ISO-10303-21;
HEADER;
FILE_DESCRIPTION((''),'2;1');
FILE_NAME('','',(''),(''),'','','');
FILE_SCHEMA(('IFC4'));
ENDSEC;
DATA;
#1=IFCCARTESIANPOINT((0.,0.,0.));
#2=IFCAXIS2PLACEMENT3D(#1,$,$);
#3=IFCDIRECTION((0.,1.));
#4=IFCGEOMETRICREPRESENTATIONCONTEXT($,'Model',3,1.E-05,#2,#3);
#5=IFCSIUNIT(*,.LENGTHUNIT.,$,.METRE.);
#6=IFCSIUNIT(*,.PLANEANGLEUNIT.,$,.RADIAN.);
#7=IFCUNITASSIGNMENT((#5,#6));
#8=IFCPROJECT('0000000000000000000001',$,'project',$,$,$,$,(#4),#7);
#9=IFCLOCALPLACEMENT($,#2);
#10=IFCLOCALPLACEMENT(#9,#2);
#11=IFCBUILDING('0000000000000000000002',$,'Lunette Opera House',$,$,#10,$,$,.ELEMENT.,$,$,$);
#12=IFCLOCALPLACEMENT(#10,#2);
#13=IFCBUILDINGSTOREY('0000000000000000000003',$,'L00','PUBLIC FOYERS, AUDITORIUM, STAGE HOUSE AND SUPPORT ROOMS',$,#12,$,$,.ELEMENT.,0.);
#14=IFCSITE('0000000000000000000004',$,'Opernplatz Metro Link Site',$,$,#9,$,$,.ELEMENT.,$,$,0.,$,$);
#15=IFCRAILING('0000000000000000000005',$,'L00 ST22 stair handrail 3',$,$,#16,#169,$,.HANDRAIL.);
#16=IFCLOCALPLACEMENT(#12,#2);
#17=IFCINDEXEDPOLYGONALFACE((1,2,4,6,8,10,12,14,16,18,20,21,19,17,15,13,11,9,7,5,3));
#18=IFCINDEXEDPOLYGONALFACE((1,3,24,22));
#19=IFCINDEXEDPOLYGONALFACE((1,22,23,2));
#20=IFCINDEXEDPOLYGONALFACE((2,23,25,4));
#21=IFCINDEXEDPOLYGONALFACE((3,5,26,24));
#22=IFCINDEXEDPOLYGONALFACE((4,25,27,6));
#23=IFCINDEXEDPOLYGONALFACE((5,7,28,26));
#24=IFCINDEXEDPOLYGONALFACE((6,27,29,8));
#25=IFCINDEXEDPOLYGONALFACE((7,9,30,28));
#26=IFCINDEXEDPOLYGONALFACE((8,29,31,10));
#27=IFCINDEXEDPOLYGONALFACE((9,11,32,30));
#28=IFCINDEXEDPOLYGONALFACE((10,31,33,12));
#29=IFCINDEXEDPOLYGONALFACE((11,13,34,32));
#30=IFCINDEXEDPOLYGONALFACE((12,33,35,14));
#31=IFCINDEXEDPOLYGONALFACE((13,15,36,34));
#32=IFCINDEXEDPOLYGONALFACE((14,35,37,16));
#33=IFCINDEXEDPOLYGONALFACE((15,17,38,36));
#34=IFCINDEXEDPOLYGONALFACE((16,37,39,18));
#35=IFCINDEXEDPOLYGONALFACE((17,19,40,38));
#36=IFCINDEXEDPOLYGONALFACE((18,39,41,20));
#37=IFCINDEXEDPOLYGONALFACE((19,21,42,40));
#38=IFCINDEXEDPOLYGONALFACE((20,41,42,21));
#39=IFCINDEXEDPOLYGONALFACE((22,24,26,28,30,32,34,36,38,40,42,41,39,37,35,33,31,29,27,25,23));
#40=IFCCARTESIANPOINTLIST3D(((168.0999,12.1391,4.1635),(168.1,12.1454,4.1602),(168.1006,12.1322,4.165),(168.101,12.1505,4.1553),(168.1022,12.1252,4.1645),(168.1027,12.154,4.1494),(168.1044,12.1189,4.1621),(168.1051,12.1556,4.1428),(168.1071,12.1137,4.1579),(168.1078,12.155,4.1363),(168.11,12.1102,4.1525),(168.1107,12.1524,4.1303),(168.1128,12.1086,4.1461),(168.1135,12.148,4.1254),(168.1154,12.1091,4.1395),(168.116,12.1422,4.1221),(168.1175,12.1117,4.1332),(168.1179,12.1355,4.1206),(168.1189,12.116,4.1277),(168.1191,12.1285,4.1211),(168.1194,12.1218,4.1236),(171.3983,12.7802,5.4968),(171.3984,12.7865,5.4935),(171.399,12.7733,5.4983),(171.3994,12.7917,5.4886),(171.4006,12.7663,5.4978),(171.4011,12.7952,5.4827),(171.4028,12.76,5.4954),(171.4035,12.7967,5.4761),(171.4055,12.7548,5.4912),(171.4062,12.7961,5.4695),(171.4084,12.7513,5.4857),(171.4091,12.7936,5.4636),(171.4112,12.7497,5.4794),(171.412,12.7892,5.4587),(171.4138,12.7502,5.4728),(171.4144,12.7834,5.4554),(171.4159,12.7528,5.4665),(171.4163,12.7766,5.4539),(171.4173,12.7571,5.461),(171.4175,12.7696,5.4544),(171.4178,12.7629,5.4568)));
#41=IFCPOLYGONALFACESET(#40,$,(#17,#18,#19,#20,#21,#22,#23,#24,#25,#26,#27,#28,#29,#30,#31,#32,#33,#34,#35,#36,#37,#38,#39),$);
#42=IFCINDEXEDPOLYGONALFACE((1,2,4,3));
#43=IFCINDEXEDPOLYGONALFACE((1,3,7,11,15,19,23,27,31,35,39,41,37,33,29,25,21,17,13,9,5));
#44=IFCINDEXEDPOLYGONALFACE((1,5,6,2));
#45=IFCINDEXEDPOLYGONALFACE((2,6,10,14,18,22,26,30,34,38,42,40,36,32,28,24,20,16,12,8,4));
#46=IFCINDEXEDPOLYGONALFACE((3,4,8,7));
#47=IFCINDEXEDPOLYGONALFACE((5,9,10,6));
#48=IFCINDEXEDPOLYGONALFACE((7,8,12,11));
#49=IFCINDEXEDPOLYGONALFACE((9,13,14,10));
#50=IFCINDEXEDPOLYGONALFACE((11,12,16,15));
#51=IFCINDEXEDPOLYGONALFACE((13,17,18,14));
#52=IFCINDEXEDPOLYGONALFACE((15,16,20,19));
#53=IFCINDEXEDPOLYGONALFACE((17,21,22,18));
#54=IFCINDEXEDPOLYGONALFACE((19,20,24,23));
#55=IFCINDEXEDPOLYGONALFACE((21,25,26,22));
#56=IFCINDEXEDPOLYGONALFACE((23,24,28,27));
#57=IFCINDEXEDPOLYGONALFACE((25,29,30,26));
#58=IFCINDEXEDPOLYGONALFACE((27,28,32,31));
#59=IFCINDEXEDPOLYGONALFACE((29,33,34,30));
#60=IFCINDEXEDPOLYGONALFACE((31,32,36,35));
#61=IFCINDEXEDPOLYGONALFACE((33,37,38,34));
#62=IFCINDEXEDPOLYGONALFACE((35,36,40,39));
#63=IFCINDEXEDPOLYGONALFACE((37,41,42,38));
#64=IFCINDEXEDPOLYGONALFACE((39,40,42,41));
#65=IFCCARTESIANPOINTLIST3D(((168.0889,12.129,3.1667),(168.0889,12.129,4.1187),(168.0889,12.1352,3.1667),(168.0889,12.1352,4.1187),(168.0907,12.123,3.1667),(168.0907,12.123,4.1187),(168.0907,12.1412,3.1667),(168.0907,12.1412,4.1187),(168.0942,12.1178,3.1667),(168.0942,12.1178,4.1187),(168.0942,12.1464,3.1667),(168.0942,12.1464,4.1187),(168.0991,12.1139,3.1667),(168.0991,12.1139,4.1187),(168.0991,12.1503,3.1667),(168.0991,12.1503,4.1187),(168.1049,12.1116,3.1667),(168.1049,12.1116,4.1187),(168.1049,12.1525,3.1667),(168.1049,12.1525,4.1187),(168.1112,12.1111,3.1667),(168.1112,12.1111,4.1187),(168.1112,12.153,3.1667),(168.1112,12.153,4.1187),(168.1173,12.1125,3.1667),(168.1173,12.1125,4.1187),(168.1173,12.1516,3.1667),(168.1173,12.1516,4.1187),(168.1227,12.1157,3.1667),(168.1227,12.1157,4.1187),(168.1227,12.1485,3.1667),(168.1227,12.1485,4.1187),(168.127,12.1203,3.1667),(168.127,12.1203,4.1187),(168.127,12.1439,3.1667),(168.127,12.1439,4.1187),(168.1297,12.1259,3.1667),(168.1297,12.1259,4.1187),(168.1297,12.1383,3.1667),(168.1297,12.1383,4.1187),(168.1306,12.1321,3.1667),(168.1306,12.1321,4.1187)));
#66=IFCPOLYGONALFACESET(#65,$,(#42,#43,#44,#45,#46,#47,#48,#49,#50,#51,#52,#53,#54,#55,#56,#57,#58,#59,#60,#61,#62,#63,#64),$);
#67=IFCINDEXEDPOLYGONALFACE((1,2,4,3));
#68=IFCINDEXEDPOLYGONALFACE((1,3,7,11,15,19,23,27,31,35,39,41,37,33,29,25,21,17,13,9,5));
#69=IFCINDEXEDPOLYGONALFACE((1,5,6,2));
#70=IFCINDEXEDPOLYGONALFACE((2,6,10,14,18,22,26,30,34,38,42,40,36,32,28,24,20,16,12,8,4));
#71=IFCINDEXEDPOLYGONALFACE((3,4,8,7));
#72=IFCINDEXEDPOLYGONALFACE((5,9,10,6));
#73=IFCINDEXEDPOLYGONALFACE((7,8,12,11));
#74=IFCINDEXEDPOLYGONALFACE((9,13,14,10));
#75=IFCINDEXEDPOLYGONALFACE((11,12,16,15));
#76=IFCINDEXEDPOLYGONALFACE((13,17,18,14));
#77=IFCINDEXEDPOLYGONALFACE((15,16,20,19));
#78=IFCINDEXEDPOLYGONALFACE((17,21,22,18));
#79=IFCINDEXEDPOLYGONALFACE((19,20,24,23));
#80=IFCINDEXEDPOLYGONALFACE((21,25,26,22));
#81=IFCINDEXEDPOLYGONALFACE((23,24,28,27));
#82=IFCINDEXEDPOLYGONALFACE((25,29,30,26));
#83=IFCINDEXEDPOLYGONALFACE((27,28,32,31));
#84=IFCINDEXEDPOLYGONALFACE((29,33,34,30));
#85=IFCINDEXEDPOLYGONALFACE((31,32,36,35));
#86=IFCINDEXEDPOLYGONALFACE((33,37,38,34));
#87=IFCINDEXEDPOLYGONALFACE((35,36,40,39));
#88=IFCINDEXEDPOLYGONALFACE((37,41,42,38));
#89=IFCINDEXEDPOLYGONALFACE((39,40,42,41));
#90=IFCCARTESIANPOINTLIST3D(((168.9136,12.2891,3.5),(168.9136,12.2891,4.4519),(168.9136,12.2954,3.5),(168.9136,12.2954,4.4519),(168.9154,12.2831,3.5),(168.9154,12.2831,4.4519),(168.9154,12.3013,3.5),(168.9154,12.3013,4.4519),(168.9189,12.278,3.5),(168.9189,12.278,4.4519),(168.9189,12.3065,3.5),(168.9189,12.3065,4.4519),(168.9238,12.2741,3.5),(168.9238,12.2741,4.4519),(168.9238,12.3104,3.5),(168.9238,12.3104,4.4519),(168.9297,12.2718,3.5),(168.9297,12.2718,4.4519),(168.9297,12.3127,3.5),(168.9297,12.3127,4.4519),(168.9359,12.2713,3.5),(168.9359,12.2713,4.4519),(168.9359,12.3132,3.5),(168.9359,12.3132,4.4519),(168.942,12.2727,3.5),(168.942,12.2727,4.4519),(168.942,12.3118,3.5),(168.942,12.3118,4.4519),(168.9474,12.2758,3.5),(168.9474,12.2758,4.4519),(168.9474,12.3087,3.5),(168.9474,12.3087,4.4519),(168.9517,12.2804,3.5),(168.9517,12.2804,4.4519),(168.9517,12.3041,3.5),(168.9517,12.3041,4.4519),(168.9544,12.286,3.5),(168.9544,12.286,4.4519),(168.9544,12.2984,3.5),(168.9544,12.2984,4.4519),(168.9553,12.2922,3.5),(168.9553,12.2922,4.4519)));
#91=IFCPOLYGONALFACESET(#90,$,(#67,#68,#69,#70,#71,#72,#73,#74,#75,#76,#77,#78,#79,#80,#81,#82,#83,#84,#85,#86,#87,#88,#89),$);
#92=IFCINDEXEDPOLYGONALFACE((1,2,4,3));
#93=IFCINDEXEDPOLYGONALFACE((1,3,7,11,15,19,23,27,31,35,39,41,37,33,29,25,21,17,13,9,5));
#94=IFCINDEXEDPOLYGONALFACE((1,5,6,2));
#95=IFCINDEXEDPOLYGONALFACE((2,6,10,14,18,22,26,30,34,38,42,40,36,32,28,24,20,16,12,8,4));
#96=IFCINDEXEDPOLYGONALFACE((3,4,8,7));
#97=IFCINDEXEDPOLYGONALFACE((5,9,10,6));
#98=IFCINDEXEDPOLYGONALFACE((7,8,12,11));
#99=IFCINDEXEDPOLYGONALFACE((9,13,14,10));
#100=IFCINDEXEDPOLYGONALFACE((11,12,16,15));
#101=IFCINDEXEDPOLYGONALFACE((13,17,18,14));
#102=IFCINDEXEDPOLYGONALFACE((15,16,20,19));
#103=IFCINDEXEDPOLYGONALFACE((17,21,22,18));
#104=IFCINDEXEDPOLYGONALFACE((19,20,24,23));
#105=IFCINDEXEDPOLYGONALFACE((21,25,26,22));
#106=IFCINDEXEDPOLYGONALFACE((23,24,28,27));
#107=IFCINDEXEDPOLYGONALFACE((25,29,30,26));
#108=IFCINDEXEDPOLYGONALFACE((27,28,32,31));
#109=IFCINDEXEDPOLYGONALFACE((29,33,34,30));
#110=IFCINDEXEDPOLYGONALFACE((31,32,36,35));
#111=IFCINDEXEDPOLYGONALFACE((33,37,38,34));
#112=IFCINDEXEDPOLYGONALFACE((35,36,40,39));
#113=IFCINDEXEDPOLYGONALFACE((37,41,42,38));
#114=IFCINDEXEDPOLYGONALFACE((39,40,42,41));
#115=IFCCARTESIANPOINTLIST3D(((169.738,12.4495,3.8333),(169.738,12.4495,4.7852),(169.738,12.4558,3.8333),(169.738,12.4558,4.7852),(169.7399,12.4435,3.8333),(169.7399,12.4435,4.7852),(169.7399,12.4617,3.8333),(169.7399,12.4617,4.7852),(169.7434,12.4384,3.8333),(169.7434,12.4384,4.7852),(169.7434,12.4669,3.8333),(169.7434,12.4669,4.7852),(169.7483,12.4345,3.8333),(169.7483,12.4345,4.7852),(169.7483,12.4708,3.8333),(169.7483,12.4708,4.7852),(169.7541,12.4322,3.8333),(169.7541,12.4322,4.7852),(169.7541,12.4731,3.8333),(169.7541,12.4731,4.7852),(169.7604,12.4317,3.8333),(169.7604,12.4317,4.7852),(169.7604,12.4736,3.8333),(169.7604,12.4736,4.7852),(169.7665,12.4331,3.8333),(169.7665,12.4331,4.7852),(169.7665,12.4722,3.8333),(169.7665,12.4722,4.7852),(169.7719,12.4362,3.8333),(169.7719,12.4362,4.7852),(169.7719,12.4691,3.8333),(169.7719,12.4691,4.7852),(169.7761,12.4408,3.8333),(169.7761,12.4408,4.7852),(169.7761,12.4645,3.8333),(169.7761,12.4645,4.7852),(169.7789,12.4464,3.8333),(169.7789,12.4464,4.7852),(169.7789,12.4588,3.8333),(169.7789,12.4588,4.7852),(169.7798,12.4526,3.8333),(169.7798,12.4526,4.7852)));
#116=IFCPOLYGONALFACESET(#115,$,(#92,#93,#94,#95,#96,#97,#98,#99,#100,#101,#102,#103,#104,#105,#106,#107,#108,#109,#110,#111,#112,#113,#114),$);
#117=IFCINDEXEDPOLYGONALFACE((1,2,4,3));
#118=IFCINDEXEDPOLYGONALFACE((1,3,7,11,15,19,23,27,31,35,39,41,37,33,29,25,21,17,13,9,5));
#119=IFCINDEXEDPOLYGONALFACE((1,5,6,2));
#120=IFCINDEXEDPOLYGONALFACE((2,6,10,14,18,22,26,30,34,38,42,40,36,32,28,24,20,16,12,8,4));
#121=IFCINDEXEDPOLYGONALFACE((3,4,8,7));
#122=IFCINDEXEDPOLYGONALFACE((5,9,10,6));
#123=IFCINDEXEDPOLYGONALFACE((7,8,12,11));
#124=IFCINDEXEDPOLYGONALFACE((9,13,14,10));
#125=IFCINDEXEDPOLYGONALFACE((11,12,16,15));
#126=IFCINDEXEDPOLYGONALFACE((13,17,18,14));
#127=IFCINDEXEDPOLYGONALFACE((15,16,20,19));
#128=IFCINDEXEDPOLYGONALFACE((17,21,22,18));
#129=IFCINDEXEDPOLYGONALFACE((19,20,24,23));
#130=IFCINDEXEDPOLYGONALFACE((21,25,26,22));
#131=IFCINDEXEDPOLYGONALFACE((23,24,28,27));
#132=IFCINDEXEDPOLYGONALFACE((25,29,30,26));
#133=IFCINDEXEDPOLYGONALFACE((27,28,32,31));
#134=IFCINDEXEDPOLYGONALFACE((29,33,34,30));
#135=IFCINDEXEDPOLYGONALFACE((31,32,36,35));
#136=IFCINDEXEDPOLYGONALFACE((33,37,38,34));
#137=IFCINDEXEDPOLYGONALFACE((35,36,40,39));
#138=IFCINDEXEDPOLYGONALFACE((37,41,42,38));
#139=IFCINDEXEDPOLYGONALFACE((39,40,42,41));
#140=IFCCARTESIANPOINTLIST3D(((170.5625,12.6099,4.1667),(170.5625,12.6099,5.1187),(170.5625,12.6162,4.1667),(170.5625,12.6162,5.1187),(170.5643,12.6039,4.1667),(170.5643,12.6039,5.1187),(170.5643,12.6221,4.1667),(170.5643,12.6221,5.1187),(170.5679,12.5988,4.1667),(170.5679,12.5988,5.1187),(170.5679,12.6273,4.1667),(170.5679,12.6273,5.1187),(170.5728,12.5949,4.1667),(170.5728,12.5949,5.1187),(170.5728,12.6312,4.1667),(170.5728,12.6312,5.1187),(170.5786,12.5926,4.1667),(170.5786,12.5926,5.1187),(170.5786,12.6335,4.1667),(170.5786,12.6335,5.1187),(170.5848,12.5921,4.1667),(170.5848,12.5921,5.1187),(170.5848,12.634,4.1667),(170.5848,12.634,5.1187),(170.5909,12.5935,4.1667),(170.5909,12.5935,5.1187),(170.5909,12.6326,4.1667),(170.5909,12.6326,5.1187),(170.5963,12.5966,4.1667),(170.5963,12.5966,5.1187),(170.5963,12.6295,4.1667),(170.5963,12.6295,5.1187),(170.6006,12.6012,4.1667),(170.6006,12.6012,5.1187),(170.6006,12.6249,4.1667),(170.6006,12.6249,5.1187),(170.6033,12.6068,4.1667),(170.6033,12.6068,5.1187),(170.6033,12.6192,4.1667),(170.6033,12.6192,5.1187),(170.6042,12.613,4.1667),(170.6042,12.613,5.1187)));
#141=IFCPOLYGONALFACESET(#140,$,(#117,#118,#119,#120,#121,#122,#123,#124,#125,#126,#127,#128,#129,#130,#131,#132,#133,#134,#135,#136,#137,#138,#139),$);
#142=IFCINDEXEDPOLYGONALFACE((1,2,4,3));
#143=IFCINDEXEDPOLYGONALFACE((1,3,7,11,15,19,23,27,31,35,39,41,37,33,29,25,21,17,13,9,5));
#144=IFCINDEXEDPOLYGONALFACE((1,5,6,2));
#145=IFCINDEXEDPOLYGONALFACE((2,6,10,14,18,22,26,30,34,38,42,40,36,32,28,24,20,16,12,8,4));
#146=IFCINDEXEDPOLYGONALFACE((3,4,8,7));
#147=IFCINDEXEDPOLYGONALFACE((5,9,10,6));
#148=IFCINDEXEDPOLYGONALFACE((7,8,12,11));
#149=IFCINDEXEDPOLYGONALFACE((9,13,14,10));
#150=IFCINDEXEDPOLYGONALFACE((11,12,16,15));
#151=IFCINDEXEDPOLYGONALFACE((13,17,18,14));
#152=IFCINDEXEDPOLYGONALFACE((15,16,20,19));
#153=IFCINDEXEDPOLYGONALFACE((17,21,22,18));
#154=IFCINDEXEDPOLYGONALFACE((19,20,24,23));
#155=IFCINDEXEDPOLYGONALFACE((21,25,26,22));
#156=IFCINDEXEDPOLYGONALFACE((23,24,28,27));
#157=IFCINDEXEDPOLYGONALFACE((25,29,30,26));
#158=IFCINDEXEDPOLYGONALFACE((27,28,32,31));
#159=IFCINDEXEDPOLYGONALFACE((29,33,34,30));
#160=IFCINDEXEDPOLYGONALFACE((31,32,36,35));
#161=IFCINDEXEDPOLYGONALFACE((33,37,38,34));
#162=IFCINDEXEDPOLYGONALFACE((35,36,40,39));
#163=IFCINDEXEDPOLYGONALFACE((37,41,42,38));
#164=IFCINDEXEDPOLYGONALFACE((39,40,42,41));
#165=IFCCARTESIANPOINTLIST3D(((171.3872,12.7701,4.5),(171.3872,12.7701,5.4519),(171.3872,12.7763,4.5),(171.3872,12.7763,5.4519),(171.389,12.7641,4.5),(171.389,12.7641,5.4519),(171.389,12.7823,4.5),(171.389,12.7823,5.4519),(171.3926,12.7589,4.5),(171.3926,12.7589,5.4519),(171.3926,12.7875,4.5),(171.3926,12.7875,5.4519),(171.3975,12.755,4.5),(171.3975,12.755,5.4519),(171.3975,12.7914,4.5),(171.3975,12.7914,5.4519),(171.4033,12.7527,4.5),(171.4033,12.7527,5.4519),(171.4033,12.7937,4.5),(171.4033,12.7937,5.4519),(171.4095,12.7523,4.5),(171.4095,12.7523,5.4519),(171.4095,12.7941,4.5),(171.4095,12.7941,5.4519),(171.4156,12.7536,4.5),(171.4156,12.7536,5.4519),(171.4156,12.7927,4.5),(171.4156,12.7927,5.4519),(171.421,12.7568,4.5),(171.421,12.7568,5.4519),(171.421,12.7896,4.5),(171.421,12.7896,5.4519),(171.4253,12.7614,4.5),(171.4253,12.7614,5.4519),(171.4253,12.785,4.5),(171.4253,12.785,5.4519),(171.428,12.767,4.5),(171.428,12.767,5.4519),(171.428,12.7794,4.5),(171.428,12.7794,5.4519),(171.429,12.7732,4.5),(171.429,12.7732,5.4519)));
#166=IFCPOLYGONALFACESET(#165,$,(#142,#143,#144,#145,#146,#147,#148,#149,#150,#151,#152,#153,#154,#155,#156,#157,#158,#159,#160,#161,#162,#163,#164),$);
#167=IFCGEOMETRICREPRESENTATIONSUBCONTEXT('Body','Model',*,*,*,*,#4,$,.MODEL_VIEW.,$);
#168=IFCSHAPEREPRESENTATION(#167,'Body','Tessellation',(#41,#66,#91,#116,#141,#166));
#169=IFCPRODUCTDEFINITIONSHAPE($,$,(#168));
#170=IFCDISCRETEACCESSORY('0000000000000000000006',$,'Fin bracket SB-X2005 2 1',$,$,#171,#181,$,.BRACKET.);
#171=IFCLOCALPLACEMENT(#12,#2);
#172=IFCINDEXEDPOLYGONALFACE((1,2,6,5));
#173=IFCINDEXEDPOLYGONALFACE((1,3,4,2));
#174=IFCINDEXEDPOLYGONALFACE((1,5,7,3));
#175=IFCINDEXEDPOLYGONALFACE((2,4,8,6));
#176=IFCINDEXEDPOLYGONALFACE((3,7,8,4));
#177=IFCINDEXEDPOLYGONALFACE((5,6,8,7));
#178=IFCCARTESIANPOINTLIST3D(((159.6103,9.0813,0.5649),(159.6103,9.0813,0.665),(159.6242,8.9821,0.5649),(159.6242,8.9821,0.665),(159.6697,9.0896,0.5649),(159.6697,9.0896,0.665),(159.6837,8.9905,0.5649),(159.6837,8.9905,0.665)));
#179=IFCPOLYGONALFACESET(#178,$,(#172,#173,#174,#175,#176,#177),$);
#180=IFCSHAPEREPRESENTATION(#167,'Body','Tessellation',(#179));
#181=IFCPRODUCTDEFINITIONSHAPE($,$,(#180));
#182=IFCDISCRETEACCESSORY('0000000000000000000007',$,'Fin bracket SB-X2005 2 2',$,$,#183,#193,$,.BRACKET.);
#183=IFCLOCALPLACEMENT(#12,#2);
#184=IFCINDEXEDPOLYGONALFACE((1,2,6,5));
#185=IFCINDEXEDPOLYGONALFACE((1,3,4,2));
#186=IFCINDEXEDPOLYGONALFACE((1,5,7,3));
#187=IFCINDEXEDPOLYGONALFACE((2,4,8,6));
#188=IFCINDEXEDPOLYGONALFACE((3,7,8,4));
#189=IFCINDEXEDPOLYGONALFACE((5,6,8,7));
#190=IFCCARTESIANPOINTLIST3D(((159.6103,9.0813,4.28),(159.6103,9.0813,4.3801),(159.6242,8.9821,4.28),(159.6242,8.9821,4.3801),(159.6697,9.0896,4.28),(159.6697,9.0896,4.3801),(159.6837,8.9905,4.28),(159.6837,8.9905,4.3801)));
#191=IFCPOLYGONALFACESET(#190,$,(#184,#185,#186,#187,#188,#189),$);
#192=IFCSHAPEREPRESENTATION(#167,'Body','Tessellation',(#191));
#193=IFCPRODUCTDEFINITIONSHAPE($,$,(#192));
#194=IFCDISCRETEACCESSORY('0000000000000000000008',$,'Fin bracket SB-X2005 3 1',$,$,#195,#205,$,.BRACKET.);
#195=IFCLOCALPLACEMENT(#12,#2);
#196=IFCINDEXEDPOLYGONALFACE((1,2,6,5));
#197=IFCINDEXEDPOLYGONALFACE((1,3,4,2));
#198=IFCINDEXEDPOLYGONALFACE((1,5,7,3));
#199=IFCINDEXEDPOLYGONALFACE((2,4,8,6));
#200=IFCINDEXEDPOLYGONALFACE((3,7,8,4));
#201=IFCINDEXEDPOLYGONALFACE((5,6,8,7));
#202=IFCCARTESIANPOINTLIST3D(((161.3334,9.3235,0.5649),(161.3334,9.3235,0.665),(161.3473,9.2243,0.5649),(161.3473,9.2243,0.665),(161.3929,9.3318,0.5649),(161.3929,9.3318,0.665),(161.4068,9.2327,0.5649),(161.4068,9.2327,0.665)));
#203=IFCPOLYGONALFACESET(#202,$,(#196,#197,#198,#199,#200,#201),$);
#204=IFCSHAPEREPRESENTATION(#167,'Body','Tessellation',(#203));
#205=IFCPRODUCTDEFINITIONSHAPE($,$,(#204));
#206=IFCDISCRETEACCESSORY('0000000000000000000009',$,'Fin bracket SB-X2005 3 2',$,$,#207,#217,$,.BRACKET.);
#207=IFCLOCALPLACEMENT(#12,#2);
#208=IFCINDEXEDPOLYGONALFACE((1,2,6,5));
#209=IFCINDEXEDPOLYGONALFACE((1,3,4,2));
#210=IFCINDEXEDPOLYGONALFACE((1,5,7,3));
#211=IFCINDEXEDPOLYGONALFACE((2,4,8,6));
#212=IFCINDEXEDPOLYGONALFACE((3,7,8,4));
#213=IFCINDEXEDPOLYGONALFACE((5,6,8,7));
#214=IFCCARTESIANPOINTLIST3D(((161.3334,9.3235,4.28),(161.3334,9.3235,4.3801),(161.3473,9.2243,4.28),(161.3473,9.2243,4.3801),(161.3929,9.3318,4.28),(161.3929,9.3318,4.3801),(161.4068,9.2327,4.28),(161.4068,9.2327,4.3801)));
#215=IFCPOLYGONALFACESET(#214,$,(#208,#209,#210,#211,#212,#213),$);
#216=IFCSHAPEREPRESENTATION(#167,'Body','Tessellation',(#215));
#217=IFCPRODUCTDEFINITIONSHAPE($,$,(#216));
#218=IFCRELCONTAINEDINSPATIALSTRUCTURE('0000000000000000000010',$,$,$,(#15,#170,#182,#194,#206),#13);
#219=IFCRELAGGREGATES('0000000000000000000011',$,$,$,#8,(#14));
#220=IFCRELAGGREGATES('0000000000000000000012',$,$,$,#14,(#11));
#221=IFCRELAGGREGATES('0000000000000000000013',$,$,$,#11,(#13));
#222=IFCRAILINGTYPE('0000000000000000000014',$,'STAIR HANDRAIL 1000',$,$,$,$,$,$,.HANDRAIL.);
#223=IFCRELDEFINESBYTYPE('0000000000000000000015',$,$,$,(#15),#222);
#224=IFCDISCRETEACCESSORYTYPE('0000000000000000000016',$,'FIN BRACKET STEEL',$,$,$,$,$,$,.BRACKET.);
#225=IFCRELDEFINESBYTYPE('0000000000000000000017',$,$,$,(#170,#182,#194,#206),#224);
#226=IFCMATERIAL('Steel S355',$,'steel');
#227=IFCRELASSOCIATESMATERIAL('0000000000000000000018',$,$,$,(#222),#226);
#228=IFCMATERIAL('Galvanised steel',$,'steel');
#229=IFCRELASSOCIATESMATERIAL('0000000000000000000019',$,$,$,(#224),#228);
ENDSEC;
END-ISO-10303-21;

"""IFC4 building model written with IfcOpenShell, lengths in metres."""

from ifc_helpers import new_model, si_unit, direction, frame, origin, origin_2d, place, context, subcontext, project, spatial, rectangle, circle, extrude, material, type_object, element, save


model = new_model("IFC4")

# Units and contexts
model_context = context("Model", 3, precision=1e-05, world=origin(), true_north=direction((0.0, 1.0)))
body_context = subcontext(model_context, "Body", "Model", "MODEL_VIEW")
ifc_project = project(units=[si_unit("LENGTHUNIT", "METRE"), si_unit("PLANEANGLEUNIT", "RADIAN")], contexts=[model_context])

# Site, building, storey
site_placement = place(None, origin())
site = spatial("IfcSite", under=ifc_project, at=site_placement, Name="Opernplatz Metro Link Site", CompositionType="ELEMENT", RefElevation=0.0)
building_placement = place(site_placement, origin())
building = spatial("IfcBuilding", under=site, at=building_placement, Name="Lunette Opera House", CompositionType="ELEMENT")
storey_placement = place(building_placement, origin())
storey = spatial("IfcBuildingStorey", under=building, at=storey_placement, Name="L00", Description="PUBLIC FOYERS, AUDITORIUM, STAGE HOUSE AND SUPPORT ROOMS", CompositionType="ELEMENT", Elevation=0.0)

# Railing
ifc_material_1 = material(Name="Steel S355", Category="steel")
railing_type = type_object("IfcRailingType", Name="STAIR HANDRAIL 1000", PredefinedType="HANDRAIL", material=ifc_material_1)
for number, where, name in (
    (1, (168.1096, 12.1321, 3.1667), "L00 ST22 stair handrail 3"),
):
    element("IfcRailing", number, at=place(storey_placement, frame(where)), inside=storey, type_object=railing_type, Name=name, PredefinedType="HANDRAIL", context=body_context, shape_type="SweptSolid", body=[
        extrude(circle(Radius=0.0239, at=origin_2d()), frame((0.0, 0.0, 0.9761), z_axis=(0.912425, 0.177352, 0.368819), x_axis=(-0.190804, 0.981628, 0.0)), (0.0, 0.0, 1.0), 3.615),
        extrude(circle(Radius=0.021, at=origin_2d()), origin(), (0.0, 0.0, 1.0), 0.9519),
        extrude(circle(Radius=0.021, at=origin_2d()), frame((0.8247, 0.1602, 0.3333)), (0.0, 0.0, 1.0), 0.9519),
        extrude(circle(Radius=0.021, at=origin_2d()), frame((1.6492, 0.3206, 0.6665)), (0.0, 0.0, 1.0), 0.9519),
        extrude(circle(Radius=0.021, at=origin_2d()), frame((2.4736, 0.481, 1.0)), (0.0, 0.0, 1.0), 0.9519),
        extrude(circle(Radius=0.021, at=origin_2d()), frame((3.2983, 0.6411, 1.3333)), (0.0, 0.0, 1.0), 0.9519),
    ])

# Discrete accessories
ifc_material_2 = material(Name="Galvanised steel", Category="steel")
discrete_accessory_type = type_object("IfcDiscreteAccessoryType", Name="FIN BRACKET STEEL", PredefinedType="BRACKET", material=ifc_material_2)
for number, where, z_axis, x_axis, name in (
    (2, (159.647, 9.0359, 0.5649), (0.0, 0.0, 1.0), (0.139209, -0.990263, 0.0), "Fin bracket SB-X2005 2 1"),
    (3, (159.647, 9.0359, 4.28), (0.0, 0.0, 1.0), (0.139209, -0.990263, 0.0), "Fin bracket SB-X2005 2 2"),
    (4, (161.3701, 9.2781, 0.5649), (0.0, 0.0, 1.0), (0.139209, -0.990263, 0.0), "Fin bracket SB-X2005 3 1"),
    (5, (161.3701, 9.2781, 4.28), (0.0, 0.0, 1.0), (0.139209, -0.990263, 0.0), "Fin bracket SB-X2005 3 2"),
):
    element("IfcDiscreteAccessory", number, at=place(storey_placement, frame(where, z_axis=z_axis, x_axis=x_axis)), inside=storey, type_object=discrete_accessory_type, Name=name, PredefinedType="BRACKET", context=body_context, shape_type="SweptSolid", body=[
        extrude(rectangle(XDim=0.1001, YDim=0.0601, at=origin_2d()), origin(), (0.0, 0.0, 1.0), 0.1001),
    ])

save(model, "model.ifc")
